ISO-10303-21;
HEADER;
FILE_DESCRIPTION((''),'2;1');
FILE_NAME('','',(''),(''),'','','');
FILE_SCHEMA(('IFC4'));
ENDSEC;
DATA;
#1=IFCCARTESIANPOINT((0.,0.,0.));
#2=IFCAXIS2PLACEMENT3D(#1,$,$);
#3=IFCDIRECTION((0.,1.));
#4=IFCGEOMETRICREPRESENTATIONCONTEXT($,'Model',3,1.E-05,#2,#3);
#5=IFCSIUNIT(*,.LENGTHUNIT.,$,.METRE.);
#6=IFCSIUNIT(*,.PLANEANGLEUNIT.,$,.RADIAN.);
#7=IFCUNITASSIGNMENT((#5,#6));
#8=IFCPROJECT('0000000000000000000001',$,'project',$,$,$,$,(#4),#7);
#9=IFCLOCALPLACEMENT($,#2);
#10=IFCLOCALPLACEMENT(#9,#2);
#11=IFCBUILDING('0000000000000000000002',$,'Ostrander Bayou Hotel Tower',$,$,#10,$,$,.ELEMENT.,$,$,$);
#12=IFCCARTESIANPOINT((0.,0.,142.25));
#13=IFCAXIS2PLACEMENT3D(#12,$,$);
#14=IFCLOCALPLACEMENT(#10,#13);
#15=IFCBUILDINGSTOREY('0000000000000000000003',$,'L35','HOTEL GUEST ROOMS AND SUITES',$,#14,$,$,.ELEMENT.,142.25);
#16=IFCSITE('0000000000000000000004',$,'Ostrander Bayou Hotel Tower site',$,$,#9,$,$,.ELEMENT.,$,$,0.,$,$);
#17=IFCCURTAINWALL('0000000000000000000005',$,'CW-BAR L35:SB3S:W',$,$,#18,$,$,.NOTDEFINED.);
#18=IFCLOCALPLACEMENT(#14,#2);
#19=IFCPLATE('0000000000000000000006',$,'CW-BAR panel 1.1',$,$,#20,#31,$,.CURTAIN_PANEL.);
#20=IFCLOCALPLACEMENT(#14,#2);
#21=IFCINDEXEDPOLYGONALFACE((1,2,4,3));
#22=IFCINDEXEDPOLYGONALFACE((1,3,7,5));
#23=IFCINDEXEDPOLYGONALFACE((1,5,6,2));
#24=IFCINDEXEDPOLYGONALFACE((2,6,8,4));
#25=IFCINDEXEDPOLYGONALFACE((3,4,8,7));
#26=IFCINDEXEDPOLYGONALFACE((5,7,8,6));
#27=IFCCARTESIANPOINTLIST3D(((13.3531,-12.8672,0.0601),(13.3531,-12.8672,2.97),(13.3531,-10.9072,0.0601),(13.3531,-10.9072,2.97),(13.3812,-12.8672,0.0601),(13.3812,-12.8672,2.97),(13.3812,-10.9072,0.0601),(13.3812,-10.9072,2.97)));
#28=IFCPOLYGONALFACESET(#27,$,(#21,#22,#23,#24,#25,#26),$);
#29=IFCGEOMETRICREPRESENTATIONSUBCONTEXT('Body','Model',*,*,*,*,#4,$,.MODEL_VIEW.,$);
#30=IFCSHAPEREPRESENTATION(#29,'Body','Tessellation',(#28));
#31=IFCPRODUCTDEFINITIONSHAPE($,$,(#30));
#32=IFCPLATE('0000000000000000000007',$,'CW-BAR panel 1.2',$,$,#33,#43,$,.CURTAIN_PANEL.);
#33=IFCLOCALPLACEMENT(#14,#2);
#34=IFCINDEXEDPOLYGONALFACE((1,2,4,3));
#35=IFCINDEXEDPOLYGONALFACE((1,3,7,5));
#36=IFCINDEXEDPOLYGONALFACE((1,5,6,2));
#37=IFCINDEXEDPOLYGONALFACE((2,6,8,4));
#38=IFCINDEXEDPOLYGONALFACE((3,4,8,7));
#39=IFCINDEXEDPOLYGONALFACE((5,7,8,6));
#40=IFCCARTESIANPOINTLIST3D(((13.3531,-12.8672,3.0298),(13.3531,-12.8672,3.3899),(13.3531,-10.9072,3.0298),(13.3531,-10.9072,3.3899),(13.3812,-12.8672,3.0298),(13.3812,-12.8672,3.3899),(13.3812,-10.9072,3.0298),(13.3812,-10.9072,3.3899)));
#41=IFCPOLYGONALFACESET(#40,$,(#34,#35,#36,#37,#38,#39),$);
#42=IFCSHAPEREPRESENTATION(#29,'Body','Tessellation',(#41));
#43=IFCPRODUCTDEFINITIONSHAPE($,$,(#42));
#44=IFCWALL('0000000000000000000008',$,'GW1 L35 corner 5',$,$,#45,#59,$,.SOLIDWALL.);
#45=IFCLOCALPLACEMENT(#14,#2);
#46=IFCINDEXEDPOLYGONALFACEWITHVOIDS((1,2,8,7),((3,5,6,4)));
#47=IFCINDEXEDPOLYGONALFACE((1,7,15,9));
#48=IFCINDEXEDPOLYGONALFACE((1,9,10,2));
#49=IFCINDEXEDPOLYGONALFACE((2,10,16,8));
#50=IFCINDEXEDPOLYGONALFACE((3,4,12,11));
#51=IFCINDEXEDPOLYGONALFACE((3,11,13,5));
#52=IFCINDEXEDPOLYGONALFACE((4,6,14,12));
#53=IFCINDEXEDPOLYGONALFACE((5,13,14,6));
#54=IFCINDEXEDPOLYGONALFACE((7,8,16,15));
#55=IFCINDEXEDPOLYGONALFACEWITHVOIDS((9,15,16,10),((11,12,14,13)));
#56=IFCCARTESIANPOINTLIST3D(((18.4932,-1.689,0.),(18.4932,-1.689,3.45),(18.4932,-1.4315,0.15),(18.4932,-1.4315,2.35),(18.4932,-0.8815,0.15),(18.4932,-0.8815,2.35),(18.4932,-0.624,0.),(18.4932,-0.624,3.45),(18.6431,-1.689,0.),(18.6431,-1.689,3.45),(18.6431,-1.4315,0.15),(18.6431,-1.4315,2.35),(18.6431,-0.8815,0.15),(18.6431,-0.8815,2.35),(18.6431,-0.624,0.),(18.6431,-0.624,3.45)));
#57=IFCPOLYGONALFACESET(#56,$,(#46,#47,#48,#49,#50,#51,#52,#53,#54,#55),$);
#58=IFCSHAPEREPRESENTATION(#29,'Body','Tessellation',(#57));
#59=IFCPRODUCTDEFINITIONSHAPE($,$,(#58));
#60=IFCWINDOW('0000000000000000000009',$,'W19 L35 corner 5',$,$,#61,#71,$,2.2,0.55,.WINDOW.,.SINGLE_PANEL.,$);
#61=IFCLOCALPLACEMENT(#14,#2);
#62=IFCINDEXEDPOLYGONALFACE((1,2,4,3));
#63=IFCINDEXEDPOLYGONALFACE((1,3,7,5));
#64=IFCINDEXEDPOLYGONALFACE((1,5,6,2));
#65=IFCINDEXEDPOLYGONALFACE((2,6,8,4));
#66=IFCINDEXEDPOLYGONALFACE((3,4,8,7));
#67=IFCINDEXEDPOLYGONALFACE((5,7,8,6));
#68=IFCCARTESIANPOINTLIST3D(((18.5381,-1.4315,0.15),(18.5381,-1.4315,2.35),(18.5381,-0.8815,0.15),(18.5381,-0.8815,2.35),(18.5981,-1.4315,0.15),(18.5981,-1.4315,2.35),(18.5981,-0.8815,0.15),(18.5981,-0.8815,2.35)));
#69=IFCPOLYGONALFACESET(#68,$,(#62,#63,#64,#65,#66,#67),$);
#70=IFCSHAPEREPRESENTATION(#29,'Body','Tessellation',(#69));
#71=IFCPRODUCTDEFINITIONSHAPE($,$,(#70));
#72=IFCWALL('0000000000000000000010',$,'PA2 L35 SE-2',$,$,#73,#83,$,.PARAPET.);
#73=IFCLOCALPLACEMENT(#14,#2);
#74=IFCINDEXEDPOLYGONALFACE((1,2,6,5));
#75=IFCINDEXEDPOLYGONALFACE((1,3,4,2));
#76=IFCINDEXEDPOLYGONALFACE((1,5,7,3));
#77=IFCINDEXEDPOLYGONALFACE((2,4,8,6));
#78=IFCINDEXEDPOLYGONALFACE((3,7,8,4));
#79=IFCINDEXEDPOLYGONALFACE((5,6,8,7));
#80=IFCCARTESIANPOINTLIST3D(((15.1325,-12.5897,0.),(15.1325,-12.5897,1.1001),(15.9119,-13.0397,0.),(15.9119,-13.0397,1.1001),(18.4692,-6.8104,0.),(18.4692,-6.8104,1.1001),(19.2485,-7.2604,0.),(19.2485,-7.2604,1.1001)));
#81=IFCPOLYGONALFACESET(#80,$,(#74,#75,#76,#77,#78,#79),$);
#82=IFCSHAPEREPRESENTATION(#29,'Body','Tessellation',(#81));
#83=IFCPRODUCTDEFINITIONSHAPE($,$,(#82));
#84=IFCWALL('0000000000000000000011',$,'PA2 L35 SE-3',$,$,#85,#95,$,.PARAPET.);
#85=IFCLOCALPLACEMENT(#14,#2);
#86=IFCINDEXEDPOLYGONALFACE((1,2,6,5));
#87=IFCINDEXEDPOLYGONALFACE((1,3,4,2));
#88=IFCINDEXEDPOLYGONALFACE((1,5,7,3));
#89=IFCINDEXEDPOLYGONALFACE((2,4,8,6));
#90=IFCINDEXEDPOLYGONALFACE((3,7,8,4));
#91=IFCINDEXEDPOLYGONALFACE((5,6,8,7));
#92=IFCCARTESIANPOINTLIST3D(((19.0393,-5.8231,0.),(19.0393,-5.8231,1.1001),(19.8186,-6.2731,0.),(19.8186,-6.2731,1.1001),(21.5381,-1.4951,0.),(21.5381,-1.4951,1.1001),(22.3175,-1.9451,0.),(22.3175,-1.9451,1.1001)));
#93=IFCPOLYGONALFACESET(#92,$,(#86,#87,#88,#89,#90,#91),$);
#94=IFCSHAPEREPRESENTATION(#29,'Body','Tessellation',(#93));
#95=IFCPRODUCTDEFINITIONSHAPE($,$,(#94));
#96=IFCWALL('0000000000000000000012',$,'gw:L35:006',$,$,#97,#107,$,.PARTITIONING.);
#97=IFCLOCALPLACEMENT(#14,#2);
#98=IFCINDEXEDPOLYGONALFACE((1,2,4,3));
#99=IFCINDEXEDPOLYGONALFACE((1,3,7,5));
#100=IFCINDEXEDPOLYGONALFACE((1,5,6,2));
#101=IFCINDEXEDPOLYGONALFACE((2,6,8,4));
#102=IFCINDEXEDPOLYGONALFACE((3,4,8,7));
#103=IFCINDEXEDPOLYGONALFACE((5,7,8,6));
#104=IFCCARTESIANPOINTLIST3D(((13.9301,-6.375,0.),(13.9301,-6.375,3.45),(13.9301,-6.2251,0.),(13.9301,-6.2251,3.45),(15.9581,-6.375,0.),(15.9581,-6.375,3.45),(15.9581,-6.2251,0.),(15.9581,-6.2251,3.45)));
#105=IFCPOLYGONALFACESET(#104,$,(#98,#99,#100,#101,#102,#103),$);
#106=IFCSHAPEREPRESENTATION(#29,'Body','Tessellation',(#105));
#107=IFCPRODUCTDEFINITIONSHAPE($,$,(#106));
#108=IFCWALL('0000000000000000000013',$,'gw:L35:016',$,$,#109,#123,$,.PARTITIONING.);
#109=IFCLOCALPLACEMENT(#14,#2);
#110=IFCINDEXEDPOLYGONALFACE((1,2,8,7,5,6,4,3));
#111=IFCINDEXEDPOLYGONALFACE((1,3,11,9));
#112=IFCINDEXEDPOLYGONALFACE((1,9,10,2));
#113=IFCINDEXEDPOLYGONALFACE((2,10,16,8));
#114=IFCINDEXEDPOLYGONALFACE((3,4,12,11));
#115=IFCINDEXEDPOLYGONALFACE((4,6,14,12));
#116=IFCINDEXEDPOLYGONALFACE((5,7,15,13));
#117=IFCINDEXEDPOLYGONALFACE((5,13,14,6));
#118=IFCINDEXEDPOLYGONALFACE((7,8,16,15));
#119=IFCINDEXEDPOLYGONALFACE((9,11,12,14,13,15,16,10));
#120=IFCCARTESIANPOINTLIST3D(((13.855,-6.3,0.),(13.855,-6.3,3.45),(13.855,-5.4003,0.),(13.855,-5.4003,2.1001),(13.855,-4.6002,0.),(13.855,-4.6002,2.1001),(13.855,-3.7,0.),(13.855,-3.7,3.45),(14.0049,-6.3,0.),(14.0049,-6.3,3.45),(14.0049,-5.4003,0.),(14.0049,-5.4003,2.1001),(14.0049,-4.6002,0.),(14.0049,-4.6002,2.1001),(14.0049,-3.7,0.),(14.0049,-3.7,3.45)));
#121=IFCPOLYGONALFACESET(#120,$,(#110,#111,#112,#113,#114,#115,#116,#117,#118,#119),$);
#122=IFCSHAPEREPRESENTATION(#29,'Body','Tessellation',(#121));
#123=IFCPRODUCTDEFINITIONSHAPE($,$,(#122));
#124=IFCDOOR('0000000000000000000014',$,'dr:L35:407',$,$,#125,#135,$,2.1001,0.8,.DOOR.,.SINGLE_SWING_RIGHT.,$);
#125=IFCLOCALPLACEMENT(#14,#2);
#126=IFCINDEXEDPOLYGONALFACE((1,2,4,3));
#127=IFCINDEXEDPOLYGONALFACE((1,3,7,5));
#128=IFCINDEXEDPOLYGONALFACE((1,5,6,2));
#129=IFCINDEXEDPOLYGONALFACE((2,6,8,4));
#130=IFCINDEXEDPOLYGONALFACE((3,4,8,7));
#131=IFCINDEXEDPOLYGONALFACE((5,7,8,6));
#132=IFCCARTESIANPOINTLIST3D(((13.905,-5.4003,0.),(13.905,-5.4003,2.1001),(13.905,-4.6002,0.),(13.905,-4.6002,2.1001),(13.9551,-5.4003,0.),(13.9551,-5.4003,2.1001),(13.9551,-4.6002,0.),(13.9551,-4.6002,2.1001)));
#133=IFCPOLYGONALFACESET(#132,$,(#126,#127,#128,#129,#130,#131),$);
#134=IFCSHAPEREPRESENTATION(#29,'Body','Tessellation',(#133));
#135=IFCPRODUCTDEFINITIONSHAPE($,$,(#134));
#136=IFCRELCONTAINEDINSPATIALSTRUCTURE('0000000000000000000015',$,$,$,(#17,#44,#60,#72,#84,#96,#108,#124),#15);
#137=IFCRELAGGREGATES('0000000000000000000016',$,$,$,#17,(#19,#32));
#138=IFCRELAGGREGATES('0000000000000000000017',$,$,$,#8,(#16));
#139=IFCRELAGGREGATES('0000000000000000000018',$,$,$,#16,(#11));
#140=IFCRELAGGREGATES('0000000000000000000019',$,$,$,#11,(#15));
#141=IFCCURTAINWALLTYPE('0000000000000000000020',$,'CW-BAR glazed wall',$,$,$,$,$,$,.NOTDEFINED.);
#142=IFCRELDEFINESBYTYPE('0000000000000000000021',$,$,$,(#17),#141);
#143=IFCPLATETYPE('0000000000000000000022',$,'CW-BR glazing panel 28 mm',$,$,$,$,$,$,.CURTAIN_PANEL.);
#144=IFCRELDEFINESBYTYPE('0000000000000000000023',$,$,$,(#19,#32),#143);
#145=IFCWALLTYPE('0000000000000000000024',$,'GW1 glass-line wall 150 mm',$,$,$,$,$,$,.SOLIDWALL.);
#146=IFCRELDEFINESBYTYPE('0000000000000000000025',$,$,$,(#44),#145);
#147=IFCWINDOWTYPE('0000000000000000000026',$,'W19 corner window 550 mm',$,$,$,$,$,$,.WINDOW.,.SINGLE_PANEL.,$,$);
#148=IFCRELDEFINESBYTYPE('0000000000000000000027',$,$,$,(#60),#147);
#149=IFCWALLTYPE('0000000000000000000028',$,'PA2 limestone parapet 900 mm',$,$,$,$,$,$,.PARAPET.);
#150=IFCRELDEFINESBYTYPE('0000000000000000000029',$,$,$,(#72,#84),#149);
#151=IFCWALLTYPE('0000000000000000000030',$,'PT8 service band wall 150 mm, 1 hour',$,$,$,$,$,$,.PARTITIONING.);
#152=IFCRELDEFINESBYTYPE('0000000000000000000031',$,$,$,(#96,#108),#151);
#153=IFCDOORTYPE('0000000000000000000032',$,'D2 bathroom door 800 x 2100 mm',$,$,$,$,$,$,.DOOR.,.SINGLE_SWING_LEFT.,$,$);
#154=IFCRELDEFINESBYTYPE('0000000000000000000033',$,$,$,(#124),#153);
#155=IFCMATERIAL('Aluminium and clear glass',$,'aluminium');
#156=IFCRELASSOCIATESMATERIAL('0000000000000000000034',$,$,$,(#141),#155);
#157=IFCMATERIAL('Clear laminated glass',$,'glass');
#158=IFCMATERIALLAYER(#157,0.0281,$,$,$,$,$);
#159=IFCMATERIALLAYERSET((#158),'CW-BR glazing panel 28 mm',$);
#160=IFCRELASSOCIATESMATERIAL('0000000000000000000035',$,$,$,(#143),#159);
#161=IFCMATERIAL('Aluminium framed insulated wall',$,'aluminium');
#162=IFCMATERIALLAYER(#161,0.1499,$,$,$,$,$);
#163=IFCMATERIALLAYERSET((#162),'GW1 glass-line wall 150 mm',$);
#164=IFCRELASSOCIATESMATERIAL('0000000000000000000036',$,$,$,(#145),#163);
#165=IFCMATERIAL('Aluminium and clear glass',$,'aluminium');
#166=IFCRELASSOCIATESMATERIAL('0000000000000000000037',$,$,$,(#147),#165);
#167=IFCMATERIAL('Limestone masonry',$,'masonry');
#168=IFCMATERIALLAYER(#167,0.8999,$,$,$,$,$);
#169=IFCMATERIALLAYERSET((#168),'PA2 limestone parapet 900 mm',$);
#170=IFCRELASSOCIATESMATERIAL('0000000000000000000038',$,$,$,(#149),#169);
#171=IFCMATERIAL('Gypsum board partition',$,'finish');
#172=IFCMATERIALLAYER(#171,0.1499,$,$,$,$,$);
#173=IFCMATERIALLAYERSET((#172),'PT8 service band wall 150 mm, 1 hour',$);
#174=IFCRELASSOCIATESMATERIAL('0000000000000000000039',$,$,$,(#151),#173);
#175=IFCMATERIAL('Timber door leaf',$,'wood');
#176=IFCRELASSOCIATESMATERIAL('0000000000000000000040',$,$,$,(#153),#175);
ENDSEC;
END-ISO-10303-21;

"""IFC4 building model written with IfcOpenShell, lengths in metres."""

from ifc_helpers import new_model, si_unit, direction, frame, frame_2d, origin, origin_2d, place, context, subcontext, project, spatial, rectangle, extrude, material, layer, layer_set, type_object, element, fill, aggregate, save


model = new_model("IFC4")

# Units and contexts
model_context = context("Model", 3, precision=1e-05, world=origin(), true_north=direction((0.0, 1.0)))
body_context = subcontext(model_context, "Body", "Model", "MODEL_VIEW")
ifc_project = project(units=[si_unit("LENGTHUNIT", "METRE"), si_unit("PLANEANGLEUNIT", "RADIAN")], contexts=[model_context])

# Site, building, storey
site_placement = place(None, origin())
site = spatial("IfcSite", under=ifc_project, at=site_placement, Name="Ostrander Bayou Hotel Tower site", CompositionType="ELEMENT", RefElevation=0.0)
building_placement = place(site_placement, origin())
building = spatial("IfcBuilding", under=site, at=building_placement, Name="Ostrander Bayou Hotel Tower", CompositionType="ELEMENT")
storey_placement = place(building_placement, frame((0.0, 0.0, 142.25)))
storey = spatial("IfcBuildingStorey", under=building, at=storey_placement, Name="L35", Description="HOTEL GUEST ROOMS AND SUITES", CompositionType="ELEMENT", Elevation=142.25)

# Curtain wall
ifc_material_1 = material(Name="Aluminium and clear glass", Category="aluminium")
curtain_wall_type = type_object("IfcCurtainWallType", Name="CW-BAR glazed wall", PredefinedType="NOTDEFINED", material=ifc_material_1)
curtain_wall_placement = place(storey_placement, origin())
curtain_wall = element("IfcCurtainWall", 1, at=curtain_wall_placement, inside=storey, type_object=curtain_wall_type, Name="CW-BAR L35:SB3S:W", PredefinedType="NOTDEFINED")

# Plates
ifc_material_2 = material(Name="Clear laminated glass", Category="glass")
ifc_layer_1 = layer(ifc_material_2, 0.0281)
ifc_layer_set_1 = layer_set([ifc_layer_1], Name="CW-BR glazing panel 28 mm")
plate_type = type_object("IfcPlateType", Name="CW-BR glazing panel 28 mm", PredefinedType="CURTAIN_PANEL", material=ifc_layer_set_1)
plate_1_placement = place(storey_placement, frame((13.3672, -11.8872, 0.0601), z_axis=(0.0, 0.0, 1.0), x_axis=(0.0, -1.0, 0.0)))
plate_1 = element("IfcPlate", 2, at=plate_1_placement, type_object=plate_type, Name="CW-BAR panel 1.1", PredefinedType="CURTAIN_PANEL", context=body_context, shape_type="SweptSolid", body=[
    extrude(rectangle(XDim=1.96, YDim=0.0281, at=origin_2d()), origin(), (0.0, 0.0, 1.0), 2.9099),
])
plate_2_placement = place(storey_placement, frame((13.3672, -11.8872, 3.0298), z_axis=(0.0, 0.0, 1.0), x_axis=(0.0, -1.0, 0.0)))
plate_2 = element("IfcPlate", 3, at=plate_2_placement, type_object=plate_type, Name="CW-BAR panel 1.2", PredefinedType="CURTAIN_PANEL", context=body_context, shape_type="SweptSolid", body=[
    extrude(rectangle(XDim=1.96, YDim=0.0281, at=origin_2d()), origin(), (0.0, 0.0, 1.0), 0.3601),
])
aggregate(curtain_wall, [plate_1, plate_2])

# Wall, opening, window
ifc_material_3 = material(Name="Aluminium framed insulated wall", Category="aluminium")
ifc_layer_2 = layer(ifc_material_3, 0.1499)
ifc_layer_set_2 = layer_set([ifc_layer_2], Name="GW1 glass-line wall 150 mm")
wall_type_1 = type_object("IfcWallType", Name="GW1 glass-line wall 150 mm", PredefinedType="SOLIDWALL", material=ifc_layer_set_2)
wall_1_placement = place(storey_placement, frame((18.5681, -1.689, 0.0), z_axis=(0.0, 0.0, 1.0), x_axis=(0.0, 1.0, 0.0)))
wall_1 = element("IfcWall", 4, at=wall_1_placement, inside=storey, type_object=wall_type_1, Name="GW1 L35 corner 5", PredefinedType="SOLIDWALL", context=body_context, shape_type="SweptSolid", body=[
    extrude(rectangle(XDim=1.0649, YDim=0.1499, at=frame_2d((0.5325, 0.0))), origin(), (0.0, 0.0, 1.0), 3.45),
])
opening_1_placement = place(wall_1_placement, frame((0.2576, 0.0, 0.1499)))
opening_1 = element("IfcOpeningElement", 5, at=opening_1_placement, cuts=wall_1, PredefinedType="OPENING", context=body_context, shape_type="SweptSolid", body=[
    extrude(rectangle(XDim=0.55, YDim=2.2, at=frame_2d((0.2749, 1.1001))), frame((0.0, 0.075, 0.0), z_axis=(0.0, -1.0, 0.0), x_axis=(1.0, 0.0, 0.0)), (0.0, 0.0, 1.0), 0.1499),
])
ifc_material_4 = material(Name="Aluminium and clear glass", Category="aluminium")
window_type = type_object("IfcWindowType", Name="W19 corner window 550 mm", PartitioningType="SINGLE_PANEL", PredefinedType="WINDOW", material=ifc_material_4)
window_placement = place(opening_1_placement, origin())
window = element("IfcWindow", 6, at=window_placement, inside=storey, type_object=window_type, Name="W19 L35 corner 5", OverallHeight=2.2, OverallWidth=0.55, PartitioningType="SINGLE_PANEL", PredefinedType="WINDOW", context=body_context, shape_type="SweptSolid", body=[
    extrude(rectangle(XDim=0.55, YDim=2.2, at=frame_2d((0.2749, 1.1001))), frame((0.0, 0.03, 0.0), z_axis=(0.0, -1.0, 0.0), x_axis=(1.0, 0.0, 0.0)), (0.0, 0.0, 1.0), 0.0601),
])
fill(opening_1, window)

# Walls
ifc_material_5 = material(Name="Limestone masonry", Category="masonry")
ifc_layer_3 = layer(ifc_material_5, 0.8999)
ifc_layer_set_3 = layer_set([ifc_layer_3], Name="PA2 limestone parapet 900 mm")
wall_type_2 = type_object("IfcWallType", Name="PA2 limestone parapet 900 mm", PredefinedType="PARAPET", material=ifc_layer_set_3)
wall_2_placement = place(storey_placement, frame((15.5222, -12.8147, 0.0), z_axis=(0.0, 0.0, 1.0), x_axis=(0.499999, 0.866026, 0.0)))
element("IfcWall", 7, at=wall_2_placement, inside=storey, type_object=wall_type_2, Name="PA2 L35 SE-2", PredefinedType="PARAPET", context=body_context, shape_type="SweptSolid", body=[
    extrude(rectangle(XDim=6.6733, YDim=0.8999, at=frame_2d((3.3367, 0.0))), origin(), (0.0, 0.0, 1.0), 1.1001),
])
wall_3_placement = place(storey_placement, frame((19.429, -6.0481, 0.0), z_axis=(0.0, 0.0, 1.0), x_axis=(0.500011, 0.866019, 0.0)))
element("IfcWall", 8, at=wall_3_placement, inside=storey, type_object=wall_type_2, Name="PA2 L35 SE-3", PredefinedType="PARAPET", context=body_context, shape_type="SweptSolid", body=[
    extrude(rectangle(XDim=4.9976, YDim=0.8999, at=frame_2d((2.4988, 0.0))), origin(), (0.0, 0.0, 1.0), 1.1001),
])
ifc_material_6 = material(Name="Gypsum board partition", Category="finish")
ifc_layer_4 = layer(ifc_material_6, 0.1499)
ifc_layer_set_4 = layer_set([ifc_layer_4], Name="PT8 service band wall 150 mm, 1 hour")
wall_type_3 = type_object("IfcWallType", Name="PT8 service band wall 150 mm, 1 hour", PredefinedType="PARTITIONING", material=ifc_layer_set_4)
wall_4_placement = place(storey_placement, frame((13.9299, -6.3, 0.0), z_axis=(0.0, 0.0, 1.0), x_axis=(1.0, 0.0, 0.0)))
element("IfcWall", 9, at=wall_4_placement, inside=storey, type_object=wall_type_3, Name="gw:L35:006", PredefinedType="PARTITIONING", context=body_context, shape_type="SweptSolid", body=[
    extrude(rectangle(XDim=2.0281, YDim=0.1499, at=frame_2d((1.0142, 0.0))), origin(), (0.0, 0.0, 1.0), 3.45),
])

# Wall, opening, door
wall_5_placement = place(storey_placement, frame((13.9299, -6.3, 0.0), z_axis=(0.0, 0.0, 1.0), x_axis=(0.0, 1.0, 0.0)))
wall_5 = element("IfcWall", 10, at=wall_5_placement, inside=storey, type_object=wall_type_3, Name="gw:L35:016", PredefinedType="PARTITIONING", context=body_context, shape_type="SweptSolid", body=[
    extrude(rectangle(XDim=2.6001, YDim=0.1499, at=frame_2d((1.3, 0.0))), origin(), (0.0, 0.0, 1.0), 3.45),
])
opening_2_placement = place(wall_5_placement, frame((0.8999, 0.0, 0.0)))
opening_2 = element("IfcOpeningElement", 11, at=opening_2_placement, cuts=wall_5, PredefinedType="OPENING", context=body_context, shape_type="SweptSolid", body=[
    extrude(rectangle(XDim=0.8, YDim=2.1001, at=frame_2d((0.3999, 1.05))), frame((0.0, 0.075, 0.0), z_axis=(0.0, -1.0, 0.0), x_axis=(1.0, 0.0, 0.0)), (0.0, 0.0, 1.0), 0.1499),
])
ifc_material_7 = material(Name="Timber door leaf", Category="wood")
door_type_1 = type_object("IfcDoorType", Name="D2 bathroom door 800 x 2100 mm", OperationType="SINGLE_SWING_LEFT", PredefinedType="DOOR", material=ifc_material_7)
door_1_placement = place(opening_2_placement, origin())
door_1 = element("IfcDoor", 12, at=door_1_placement, inside=storey, type_object=door_type_1, Name="dr:L35:407", OperationType="SINGLE_SWING_RIGHT", OverallHeight=2.1001, OverallWidth=0.8, PredefinedType="DOOR", context=body_context, shape_type="SweptSolid", body=[
    extrude(rectangle(XDim=0.8, YDim=2.1001, at=frame_2d((0.3999, 1.05))), frame((0.0, 0.0249, 0.0), z_axis=(0.0, -1.0, 0.0), x_axis=(1.0, 0.0, 0.0)), (0.0, 0.0, 1.0), 0.05),
])
fill(opening_2, door_1)

save(model, "model.ifc")
